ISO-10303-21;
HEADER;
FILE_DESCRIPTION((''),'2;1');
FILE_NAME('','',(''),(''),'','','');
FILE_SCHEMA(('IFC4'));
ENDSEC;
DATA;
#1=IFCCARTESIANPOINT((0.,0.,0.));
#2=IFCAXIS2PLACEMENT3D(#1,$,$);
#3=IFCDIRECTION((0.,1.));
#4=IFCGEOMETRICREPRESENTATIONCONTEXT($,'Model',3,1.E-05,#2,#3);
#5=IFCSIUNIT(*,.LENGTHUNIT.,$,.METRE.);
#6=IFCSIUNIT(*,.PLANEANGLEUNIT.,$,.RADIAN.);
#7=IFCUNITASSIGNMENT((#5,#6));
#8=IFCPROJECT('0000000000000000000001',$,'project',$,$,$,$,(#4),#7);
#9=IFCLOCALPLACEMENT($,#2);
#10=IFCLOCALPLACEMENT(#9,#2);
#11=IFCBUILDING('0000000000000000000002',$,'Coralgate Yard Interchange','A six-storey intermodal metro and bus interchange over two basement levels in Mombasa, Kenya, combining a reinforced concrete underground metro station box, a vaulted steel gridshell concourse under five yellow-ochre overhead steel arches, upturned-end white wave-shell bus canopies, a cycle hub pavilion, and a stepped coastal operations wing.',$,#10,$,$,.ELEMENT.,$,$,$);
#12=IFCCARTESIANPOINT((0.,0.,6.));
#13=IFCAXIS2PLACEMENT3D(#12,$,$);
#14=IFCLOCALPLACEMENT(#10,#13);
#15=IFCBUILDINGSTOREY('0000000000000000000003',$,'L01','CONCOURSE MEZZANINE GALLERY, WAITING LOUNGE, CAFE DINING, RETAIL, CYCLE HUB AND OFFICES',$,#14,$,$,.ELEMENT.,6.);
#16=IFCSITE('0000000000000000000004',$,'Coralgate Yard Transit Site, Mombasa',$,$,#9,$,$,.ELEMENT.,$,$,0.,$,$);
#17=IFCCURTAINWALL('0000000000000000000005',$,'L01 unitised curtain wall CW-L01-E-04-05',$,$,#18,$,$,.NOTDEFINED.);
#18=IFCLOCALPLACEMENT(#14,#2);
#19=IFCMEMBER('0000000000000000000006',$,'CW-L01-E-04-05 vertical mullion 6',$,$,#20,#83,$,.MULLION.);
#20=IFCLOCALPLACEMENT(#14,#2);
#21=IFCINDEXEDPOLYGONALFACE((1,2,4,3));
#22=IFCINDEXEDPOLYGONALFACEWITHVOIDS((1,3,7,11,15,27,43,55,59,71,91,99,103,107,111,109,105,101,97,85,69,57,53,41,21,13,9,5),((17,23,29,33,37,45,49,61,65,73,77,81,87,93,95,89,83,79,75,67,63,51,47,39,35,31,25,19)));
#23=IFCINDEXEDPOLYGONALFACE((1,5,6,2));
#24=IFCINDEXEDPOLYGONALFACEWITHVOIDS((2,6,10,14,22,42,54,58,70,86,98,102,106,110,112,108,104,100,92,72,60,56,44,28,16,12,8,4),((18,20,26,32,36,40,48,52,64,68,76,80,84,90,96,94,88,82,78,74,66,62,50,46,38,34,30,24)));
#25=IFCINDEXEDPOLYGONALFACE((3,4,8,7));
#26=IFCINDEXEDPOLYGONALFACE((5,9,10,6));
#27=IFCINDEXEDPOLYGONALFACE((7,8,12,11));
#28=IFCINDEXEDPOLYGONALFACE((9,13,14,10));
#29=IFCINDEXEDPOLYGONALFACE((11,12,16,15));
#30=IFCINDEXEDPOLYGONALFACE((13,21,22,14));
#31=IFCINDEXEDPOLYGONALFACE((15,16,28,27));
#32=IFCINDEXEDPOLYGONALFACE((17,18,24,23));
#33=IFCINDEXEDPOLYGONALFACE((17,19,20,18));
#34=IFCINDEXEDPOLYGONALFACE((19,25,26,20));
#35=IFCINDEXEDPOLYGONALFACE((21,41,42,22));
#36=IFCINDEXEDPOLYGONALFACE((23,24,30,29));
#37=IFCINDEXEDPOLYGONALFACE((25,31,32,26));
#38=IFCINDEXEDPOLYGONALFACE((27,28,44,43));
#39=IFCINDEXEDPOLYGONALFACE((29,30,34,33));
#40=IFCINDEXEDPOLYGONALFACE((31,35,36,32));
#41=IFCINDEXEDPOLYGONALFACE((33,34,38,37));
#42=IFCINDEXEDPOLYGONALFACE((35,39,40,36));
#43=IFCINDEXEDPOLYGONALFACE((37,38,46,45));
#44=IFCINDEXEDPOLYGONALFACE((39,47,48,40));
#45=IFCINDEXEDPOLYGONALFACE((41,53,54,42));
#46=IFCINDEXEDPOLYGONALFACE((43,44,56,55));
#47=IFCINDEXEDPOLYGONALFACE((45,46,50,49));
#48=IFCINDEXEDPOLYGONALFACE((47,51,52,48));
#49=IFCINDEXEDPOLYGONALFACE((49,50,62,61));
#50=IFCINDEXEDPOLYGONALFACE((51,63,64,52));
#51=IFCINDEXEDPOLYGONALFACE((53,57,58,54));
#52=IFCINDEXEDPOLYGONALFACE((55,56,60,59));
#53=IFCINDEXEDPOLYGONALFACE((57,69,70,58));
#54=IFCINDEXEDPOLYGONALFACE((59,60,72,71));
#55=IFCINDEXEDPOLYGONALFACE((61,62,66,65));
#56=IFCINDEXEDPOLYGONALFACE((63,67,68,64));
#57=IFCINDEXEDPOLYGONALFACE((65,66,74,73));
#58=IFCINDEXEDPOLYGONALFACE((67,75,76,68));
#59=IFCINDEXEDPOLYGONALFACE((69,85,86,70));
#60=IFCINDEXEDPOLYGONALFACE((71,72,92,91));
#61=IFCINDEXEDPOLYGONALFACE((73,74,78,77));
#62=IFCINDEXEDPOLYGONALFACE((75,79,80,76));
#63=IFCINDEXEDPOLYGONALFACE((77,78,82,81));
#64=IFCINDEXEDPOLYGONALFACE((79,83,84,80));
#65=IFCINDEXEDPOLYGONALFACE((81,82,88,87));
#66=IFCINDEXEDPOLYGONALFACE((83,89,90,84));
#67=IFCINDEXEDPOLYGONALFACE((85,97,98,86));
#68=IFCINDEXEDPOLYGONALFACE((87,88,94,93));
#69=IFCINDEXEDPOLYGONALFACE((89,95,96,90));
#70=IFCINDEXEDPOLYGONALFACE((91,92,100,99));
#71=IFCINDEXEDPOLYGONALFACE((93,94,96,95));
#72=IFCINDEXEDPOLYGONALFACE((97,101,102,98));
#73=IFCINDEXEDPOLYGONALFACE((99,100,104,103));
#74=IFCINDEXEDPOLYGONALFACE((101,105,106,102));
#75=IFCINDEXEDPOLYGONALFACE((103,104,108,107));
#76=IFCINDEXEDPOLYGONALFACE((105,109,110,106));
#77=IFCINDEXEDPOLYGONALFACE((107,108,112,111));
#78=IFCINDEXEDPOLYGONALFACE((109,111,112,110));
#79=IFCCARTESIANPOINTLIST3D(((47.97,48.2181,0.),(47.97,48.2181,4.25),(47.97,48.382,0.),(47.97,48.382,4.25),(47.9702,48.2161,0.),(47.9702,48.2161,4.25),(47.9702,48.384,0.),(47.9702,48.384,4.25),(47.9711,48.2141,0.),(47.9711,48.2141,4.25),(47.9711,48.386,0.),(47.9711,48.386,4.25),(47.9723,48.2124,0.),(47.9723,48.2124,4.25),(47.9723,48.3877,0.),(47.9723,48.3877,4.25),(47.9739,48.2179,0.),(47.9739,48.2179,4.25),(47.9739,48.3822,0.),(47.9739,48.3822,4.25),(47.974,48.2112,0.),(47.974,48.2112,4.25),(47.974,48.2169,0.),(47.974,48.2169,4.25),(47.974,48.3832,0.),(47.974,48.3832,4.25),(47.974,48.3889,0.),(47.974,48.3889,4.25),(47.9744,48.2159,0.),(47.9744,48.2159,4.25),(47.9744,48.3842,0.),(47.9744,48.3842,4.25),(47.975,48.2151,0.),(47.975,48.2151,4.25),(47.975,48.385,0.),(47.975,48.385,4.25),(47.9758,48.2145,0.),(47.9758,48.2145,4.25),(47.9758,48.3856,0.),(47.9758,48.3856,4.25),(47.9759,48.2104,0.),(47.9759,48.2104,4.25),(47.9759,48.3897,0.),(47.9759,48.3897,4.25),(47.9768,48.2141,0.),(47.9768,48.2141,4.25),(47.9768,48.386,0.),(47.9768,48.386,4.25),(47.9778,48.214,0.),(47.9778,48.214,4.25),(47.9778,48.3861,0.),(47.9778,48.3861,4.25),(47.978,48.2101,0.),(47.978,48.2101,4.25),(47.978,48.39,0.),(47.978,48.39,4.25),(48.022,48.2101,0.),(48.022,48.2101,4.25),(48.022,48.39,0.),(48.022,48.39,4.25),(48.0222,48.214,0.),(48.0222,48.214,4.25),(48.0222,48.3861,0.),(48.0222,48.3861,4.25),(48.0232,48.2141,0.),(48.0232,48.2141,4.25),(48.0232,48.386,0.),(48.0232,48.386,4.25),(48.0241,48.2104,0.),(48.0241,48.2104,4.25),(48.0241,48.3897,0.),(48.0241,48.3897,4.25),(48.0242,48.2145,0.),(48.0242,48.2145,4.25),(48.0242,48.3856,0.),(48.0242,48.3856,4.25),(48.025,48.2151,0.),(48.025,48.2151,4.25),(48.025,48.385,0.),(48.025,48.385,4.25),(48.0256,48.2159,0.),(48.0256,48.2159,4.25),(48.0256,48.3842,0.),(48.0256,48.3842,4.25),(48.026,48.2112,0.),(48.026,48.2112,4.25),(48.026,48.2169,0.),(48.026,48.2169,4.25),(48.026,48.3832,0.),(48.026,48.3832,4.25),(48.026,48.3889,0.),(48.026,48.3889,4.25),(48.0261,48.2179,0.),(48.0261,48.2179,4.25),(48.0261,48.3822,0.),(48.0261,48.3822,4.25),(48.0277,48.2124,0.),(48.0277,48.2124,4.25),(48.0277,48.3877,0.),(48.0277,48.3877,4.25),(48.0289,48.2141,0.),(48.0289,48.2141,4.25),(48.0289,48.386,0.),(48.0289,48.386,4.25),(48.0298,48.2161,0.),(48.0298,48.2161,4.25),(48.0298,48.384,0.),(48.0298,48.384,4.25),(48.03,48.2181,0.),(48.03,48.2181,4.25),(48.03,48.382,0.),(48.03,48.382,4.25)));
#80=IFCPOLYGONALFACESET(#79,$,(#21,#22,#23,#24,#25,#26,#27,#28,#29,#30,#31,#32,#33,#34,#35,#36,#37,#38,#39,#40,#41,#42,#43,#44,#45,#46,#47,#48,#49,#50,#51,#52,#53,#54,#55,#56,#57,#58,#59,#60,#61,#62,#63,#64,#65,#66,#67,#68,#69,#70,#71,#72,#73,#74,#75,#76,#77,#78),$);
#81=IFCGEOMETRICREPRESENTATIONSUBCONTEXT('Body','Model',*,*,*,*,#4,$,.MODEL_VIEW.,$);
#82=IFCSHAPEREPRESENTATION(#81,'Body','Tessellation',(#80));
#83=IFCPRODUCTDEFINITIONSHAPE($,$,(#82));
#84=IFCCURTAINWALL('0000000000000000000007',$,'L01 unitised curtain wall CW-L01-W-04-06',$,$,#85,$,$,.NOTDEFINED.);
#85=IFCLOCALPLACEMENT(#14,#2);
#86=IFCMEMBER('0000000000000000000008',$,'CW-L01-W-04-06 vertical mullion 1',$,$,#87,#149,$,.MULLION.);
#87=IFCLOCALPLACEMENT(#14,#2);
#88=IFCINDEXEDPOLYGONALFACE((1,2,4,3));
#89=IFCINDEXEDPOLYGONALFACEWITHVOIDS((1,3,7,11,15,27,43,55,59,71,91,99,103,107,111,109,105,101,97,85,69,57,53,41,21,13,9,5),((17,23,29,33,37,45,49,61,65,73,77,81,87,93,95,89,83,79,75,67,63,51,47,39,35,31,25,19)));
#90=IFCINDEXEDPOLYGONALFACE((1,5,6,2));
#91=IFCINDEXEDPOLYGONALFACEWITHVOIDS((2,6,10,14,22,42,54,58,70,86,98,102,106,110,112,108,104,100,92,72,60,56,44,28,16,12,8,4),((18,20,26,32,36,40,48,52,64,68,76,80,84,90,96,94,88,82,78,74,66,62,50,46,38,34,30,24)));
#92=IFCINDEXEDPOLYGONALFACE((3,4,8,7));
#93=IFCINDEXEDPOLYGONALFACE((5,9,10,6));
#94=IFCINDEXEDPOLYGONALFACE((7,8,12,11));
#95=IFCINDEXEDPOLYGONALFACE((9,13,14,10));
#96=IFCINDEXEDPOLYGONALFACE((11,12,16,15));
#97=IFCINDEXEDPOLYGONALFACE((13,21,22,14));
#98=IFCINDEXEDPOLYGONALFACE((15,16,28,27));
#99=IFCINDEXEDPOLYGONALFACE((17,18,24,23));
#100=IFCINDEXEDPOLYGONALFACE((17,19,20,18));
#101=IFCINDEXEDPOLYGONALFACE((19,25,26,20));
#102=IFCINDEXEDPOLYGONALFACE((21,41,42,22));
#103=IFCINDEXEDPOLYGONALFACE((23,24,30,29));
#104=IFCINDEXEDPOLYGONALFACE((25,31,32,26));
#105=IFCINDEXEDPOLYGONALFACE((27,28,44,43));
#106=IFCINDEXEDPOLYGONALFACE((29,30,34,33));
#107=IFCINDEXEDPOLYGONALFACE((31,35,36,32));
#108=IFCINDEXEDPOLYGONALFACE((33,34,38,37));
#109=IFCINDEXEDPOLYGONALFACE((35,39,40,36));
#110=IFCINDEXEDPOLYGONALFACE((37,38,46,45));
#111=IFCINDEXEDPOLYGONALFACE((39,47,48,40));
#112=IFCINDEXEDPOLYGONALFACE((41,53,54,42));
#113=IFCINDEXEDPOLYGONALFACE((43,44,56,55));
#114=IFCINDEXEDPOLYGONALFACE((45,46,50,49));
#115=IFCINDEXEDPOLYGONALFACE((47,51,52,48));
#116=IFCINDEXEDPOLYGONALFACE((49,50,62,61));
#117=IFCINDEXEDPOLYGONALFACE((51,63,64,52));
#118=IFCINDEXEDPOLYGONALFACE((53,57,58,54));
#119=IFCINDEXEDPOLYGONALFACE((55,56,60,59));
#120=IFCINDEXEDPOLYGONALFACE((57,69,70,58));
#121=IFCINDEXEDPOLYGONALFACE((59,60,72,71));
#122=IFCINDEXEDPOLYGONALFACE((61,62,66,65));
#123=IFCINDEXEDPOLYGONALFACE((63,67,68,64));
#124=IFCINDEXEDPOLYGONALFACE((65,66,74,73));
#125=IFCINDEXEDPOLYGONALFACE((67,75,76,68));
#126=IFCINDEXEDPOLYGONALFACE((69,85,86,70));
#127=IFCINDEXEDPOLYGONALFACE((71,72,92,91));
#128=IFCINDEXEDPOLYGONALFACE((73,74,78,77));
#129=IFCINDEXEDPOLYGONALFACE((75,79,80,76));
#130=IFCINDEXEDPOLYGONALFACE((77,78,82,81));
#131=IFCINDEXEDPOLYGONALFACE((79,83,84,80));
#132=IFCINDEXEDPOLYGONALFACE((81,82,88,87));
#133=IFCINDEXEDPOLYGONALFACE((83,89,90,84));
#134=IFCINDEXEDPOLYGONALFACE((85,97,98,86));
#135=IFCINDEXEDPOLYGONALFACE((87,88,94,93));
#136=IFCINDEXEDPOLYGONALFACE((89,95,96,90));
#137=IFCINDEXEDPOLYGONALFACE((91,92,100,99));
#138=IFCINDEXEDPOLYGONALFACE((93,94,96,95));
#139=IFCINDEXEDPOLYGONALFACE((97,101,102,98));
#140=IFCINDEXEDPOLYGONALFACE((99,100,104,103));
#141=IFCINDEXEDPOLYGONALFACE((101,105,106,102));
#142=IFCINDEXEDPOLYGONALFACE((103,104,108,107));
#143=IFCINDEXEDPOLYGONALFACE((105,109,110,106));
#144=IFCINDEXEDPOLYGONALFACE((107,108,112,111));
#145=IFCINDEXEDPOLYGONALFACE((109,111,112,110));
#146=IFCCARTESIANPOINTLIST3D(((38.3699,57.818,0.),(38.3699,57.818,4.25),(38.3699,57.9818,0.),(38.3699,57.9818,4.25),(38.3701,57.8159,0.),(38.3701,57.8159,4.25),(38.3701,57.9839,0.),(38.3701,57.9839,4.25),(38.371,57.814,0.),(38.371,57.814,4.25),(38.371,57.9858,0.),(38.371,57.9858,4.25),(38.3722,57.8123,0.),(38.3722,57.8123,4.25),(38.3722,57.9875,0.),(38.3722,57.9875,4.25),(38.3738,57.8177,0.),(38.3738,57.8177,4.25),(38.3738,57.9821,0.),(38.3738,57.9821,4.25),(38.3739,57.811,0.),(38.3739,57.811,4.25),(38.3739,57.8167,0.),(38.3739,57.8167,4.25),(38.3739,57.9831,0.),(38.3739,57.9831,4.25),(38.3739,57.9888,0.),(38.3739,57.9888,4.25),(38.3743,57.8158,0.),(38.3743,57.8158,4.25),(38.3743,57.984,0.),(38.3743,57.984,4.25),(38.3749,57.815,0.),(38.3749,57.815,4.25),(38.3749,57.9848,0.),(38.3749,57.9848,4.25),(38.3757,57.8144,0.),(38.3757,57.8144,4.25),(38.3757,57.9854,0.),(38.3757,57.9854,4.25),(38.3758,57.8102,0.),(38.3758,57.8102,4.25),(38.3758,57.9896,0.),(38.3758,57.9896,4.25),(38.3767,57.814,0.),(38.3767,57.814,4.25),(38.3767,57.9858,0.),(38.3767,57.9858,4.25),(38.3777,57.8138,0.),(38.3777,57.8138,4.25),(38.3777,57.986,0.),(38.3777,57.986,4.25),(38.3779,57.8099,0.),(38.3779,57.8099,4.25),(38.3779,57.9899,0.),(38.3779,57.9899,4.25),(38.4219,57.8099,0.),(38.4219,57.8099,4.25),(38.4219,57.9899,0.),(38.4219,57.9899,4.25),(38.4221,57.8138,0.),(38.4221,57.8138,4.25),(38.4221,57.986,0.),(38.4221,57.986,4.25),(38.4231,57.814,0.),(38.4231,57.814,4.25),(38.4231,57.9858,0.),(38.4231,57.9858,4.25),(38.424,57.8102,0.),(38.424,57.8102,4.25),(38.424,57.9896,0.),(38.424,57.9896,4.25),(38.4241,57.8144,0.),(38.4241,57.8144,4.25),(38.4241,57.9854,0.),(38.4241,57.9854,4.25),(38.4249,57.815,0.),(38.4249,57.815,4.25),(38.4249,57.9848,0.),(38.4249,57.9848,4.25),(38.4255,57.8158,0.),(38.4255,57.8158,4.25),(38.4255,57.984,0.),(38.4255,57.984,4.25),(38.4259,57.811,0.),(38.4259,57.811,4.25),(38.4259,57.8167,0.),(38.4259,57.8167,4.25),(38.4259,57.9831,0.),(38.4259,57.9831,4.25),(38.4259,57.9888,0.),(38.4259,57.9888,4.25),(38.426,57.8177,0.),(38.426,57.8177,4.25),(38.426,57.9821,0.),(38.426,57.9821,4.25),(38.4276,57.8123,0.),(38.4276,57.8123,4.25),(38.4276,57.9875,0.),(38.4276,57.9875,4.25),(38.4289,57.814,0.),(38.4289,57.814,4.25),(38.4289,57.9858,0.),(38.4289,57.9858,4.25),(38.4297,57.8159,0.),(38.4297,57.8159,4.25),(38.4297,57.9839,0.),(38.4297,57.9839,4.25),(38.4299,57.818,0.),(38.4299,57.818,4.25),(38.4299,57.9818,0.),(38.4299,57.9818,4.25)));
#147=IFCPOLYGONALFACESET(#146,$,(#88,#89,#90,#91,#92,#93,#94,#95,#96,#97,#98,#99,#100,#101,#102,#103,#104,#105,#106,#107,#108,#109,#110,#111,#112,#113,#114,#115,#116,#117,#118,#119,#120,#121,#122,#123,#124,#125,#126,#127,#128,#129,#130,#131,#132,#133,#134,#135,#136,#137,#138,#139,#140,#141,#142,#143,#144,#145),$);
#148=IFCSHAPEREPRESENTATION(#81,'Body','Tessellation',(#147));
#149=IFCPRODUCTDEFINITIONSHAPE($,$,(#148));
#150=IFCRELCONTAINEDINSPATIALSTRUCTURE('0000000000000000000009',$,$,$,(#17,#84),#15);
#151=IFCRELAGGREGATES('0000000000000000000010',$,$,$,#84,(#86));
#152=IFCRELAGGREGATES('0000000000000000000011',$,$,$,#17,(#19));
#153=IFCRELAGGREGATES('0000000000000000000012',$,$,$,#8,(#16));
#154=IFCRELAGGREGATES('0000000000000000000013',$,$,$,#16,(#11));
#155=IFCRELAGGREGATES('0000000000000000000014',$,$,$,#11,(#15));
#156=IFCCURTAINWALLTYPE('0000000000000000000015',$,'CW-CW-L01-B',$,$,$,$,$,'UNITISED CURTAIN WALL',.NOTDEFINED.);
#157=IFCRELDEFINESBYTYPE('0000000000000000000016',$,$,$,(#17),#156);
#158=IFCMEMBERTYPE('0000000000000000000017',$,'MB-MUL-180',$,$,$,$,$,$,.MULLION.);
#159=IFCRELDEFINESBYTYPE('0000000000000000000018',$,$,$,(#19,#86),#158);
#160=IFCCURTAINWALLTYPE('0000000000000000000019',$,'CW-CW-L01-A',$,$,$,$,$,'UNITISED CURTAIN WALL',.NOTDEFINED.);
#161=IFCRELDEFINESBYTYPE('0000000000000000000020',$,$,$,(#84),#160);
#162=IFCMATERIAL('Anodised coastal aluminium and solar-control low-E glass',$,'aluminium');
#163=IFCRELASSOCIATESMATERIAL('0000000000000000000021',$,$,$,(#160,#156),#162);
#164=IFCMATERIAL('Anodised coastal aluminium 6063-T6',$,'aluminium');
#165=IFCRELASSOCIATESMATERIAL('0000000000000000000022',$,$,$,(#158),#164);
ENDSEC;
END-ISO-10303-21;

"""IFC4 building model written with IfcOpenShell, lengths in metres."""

from ifc_helpers import new_model, si_unit, direction, frame, origin, origin_2d, place, context, subcontext, project, spatial, hollow_rectangle, extrude, material, material_profile, profile_set, type_object, element, aggregate, save


model = new_model("IFC4")

# Units and contexts
model_context = context("Model", 3, precision=1e-05, world=origin(), true_north=direction((0.0, 1.0)))
body_context = subcontext(model_context, "Body", "Model", "MODEL_VIEW")
ifc_project = project(units=[si_unit("LENGTHUNIT", "METRE"), si_unit("PLANEANGLEUNIT", "RADIAN")], contexts=[model_context])

# Site, building, storey
site_placement = place(None, origin())
site = spatial("IfcSite", under=ifc_project, at=site_placement, Name="Coralgate Yard Transit Site, Mombasa", CompositionType="ELEMENT", RefElevation=0.0)
building_placement = place(site_placement, origin())
building = spatial("IfcBuilding", under=site, at=building_placement, Name="Coralgate Yard Interchange", Description="A six-storey intermodal metro and bus interchange over two basement levels in Mombasa, Kenya, combining a reinforced concrete underground metro station box, a vaulted steel gridshell concourse under five yellow-ochre overhead steel arches, upturned-end white wave-shell bus canopies, a cycle hub pavilion, and a stepped coastal operations wing.", CompositionType="ELEMENT")
storey_placement = place(building_placement, frame((0.0, 0.0, 6.0)))
storey = spatial("IfcBuildingStorey", under=building, at=storey_placement, Name="L01", Description="CONCOURSE MEZZANINE GALLERY, WAITING LOUNGE, CAFE DINING, RETAIL, CYCLE HUB AND OFFICES", CompositionType="ELEMENT", Elevation=6.0)

# Shared definitions
ifc_material_1 = material(Name="Anodised coastal aluminium and solar-control low-E glass", Category="aluminium")
curtain_wall_type_1 = type_object("IfcCurtainWallType", Name="CW-CW-L01-A", ElementType="UNITISED CURTAIN WALL", PredefinedType="NOTDEFINED", material=ifc_material_1)
ifc_material_2 = material(Name="Anodised coastal aluminium 6063-T6", Category="aluminium")
ifc_material_profile_1 = material_profile(ifc_material_2, hollow_rectangle(XDim=0.0601, YDim=0.1799, WallThickness=0.0039, InnerFilletRadius=0.0039, OuterFilletRadius=0.0081, at=origin_2d()), Name="ALU 60x180x4")
ifc_profile_set_1 = profile_set([ifc_material_profile_1], Name="Anodised coastal aluminium 6063-T6")
member_type_1 = type_object("IfcMemberType", Name="MB-MUL-180", PredefinedType="MULLION", material=ifc_profile_set_1)

# Curtain walls, members
curtain_wall_type_2 = type_object("IfcCurtainWallType", Name="CW-CW-L01-B", ElementType="UNITISED CURTAIN WALL", PredefinedType="NOTDEFINED", material=ifc_material_1)
curtain_wall_1_placement = place(storey_placement, origin())
curtain_wall_1 = element("IfcCurtainWall", 1, at=curtain_wall_1_placement, inside=storey, type_object=curtain_wall_type_2, Name="L01 unitised curtain wall CW-L01-E-04-05", PredefinedType="NOTDEFINED")
member_1_placement = place(storey_placement, frame((48.0, 48.3, 0.0), z_axis=(0.0, 0.0, 1.0), x_axis=(1.0, 0.0, 0.0)))
member_1 = element("IfcMember", 2, at=member_1_placement, type_object=member_type_1, Name="CW-L01-E-04-05 vertical mullion 6", PredefinedType="MULLION", context=body_context, shape_type="SweptSolid", body=[
    extrude(hollow_rectangle(XDim=0.0601, YDim=0.1799, WallThickness=0.0039, InnerFilletRadius=0.0039, OuterFilletRadius=0.0081, at=origin_2d()), origin(), (0.0, 0.0, 1.0), 4.25),
])
curtain_wall_2_placement = place(storey_placement, origin())
curtain_wall_2 = element("IfcCurtainWall", 3, at=curtain_wall_2_placement, inside=storey, type_object=curtain_wall_type_1, Name="L01 unitised curtain wall CW-L01-W-04-06", PredefinedType="NOTDEFINED")
member_2_placement = place(storey_placement, frame((38.3999, 57.8999, 0.0), z_axis=(0.0, 0.0, 1.0), x_axis=(1.0, 0.0, 0.0)))
member_2 = element("IfcMember", 4, at=member_2_placement, type_object=member_type_1, Name="CW-L01-W-04-06 vertical mullion 1", PredefinedType="MULLION", context=body_context, shape_type="SweptSolid", body=[
    extrude(hollow_rectangle(XDim=0.0601, YDim=0.1799, WallThickness=0.0039, InnerFilletRadius=0.0039, OuterFilletRadius=0.0081, at=origin_2d()), origin(), (0.0, 0.0, 1.0), 4.25),
])

aggregate(curtain_wall_2, [member_2])

aggregate(curtain_wall_1, [member_1])

save(model, "model.ifc")
